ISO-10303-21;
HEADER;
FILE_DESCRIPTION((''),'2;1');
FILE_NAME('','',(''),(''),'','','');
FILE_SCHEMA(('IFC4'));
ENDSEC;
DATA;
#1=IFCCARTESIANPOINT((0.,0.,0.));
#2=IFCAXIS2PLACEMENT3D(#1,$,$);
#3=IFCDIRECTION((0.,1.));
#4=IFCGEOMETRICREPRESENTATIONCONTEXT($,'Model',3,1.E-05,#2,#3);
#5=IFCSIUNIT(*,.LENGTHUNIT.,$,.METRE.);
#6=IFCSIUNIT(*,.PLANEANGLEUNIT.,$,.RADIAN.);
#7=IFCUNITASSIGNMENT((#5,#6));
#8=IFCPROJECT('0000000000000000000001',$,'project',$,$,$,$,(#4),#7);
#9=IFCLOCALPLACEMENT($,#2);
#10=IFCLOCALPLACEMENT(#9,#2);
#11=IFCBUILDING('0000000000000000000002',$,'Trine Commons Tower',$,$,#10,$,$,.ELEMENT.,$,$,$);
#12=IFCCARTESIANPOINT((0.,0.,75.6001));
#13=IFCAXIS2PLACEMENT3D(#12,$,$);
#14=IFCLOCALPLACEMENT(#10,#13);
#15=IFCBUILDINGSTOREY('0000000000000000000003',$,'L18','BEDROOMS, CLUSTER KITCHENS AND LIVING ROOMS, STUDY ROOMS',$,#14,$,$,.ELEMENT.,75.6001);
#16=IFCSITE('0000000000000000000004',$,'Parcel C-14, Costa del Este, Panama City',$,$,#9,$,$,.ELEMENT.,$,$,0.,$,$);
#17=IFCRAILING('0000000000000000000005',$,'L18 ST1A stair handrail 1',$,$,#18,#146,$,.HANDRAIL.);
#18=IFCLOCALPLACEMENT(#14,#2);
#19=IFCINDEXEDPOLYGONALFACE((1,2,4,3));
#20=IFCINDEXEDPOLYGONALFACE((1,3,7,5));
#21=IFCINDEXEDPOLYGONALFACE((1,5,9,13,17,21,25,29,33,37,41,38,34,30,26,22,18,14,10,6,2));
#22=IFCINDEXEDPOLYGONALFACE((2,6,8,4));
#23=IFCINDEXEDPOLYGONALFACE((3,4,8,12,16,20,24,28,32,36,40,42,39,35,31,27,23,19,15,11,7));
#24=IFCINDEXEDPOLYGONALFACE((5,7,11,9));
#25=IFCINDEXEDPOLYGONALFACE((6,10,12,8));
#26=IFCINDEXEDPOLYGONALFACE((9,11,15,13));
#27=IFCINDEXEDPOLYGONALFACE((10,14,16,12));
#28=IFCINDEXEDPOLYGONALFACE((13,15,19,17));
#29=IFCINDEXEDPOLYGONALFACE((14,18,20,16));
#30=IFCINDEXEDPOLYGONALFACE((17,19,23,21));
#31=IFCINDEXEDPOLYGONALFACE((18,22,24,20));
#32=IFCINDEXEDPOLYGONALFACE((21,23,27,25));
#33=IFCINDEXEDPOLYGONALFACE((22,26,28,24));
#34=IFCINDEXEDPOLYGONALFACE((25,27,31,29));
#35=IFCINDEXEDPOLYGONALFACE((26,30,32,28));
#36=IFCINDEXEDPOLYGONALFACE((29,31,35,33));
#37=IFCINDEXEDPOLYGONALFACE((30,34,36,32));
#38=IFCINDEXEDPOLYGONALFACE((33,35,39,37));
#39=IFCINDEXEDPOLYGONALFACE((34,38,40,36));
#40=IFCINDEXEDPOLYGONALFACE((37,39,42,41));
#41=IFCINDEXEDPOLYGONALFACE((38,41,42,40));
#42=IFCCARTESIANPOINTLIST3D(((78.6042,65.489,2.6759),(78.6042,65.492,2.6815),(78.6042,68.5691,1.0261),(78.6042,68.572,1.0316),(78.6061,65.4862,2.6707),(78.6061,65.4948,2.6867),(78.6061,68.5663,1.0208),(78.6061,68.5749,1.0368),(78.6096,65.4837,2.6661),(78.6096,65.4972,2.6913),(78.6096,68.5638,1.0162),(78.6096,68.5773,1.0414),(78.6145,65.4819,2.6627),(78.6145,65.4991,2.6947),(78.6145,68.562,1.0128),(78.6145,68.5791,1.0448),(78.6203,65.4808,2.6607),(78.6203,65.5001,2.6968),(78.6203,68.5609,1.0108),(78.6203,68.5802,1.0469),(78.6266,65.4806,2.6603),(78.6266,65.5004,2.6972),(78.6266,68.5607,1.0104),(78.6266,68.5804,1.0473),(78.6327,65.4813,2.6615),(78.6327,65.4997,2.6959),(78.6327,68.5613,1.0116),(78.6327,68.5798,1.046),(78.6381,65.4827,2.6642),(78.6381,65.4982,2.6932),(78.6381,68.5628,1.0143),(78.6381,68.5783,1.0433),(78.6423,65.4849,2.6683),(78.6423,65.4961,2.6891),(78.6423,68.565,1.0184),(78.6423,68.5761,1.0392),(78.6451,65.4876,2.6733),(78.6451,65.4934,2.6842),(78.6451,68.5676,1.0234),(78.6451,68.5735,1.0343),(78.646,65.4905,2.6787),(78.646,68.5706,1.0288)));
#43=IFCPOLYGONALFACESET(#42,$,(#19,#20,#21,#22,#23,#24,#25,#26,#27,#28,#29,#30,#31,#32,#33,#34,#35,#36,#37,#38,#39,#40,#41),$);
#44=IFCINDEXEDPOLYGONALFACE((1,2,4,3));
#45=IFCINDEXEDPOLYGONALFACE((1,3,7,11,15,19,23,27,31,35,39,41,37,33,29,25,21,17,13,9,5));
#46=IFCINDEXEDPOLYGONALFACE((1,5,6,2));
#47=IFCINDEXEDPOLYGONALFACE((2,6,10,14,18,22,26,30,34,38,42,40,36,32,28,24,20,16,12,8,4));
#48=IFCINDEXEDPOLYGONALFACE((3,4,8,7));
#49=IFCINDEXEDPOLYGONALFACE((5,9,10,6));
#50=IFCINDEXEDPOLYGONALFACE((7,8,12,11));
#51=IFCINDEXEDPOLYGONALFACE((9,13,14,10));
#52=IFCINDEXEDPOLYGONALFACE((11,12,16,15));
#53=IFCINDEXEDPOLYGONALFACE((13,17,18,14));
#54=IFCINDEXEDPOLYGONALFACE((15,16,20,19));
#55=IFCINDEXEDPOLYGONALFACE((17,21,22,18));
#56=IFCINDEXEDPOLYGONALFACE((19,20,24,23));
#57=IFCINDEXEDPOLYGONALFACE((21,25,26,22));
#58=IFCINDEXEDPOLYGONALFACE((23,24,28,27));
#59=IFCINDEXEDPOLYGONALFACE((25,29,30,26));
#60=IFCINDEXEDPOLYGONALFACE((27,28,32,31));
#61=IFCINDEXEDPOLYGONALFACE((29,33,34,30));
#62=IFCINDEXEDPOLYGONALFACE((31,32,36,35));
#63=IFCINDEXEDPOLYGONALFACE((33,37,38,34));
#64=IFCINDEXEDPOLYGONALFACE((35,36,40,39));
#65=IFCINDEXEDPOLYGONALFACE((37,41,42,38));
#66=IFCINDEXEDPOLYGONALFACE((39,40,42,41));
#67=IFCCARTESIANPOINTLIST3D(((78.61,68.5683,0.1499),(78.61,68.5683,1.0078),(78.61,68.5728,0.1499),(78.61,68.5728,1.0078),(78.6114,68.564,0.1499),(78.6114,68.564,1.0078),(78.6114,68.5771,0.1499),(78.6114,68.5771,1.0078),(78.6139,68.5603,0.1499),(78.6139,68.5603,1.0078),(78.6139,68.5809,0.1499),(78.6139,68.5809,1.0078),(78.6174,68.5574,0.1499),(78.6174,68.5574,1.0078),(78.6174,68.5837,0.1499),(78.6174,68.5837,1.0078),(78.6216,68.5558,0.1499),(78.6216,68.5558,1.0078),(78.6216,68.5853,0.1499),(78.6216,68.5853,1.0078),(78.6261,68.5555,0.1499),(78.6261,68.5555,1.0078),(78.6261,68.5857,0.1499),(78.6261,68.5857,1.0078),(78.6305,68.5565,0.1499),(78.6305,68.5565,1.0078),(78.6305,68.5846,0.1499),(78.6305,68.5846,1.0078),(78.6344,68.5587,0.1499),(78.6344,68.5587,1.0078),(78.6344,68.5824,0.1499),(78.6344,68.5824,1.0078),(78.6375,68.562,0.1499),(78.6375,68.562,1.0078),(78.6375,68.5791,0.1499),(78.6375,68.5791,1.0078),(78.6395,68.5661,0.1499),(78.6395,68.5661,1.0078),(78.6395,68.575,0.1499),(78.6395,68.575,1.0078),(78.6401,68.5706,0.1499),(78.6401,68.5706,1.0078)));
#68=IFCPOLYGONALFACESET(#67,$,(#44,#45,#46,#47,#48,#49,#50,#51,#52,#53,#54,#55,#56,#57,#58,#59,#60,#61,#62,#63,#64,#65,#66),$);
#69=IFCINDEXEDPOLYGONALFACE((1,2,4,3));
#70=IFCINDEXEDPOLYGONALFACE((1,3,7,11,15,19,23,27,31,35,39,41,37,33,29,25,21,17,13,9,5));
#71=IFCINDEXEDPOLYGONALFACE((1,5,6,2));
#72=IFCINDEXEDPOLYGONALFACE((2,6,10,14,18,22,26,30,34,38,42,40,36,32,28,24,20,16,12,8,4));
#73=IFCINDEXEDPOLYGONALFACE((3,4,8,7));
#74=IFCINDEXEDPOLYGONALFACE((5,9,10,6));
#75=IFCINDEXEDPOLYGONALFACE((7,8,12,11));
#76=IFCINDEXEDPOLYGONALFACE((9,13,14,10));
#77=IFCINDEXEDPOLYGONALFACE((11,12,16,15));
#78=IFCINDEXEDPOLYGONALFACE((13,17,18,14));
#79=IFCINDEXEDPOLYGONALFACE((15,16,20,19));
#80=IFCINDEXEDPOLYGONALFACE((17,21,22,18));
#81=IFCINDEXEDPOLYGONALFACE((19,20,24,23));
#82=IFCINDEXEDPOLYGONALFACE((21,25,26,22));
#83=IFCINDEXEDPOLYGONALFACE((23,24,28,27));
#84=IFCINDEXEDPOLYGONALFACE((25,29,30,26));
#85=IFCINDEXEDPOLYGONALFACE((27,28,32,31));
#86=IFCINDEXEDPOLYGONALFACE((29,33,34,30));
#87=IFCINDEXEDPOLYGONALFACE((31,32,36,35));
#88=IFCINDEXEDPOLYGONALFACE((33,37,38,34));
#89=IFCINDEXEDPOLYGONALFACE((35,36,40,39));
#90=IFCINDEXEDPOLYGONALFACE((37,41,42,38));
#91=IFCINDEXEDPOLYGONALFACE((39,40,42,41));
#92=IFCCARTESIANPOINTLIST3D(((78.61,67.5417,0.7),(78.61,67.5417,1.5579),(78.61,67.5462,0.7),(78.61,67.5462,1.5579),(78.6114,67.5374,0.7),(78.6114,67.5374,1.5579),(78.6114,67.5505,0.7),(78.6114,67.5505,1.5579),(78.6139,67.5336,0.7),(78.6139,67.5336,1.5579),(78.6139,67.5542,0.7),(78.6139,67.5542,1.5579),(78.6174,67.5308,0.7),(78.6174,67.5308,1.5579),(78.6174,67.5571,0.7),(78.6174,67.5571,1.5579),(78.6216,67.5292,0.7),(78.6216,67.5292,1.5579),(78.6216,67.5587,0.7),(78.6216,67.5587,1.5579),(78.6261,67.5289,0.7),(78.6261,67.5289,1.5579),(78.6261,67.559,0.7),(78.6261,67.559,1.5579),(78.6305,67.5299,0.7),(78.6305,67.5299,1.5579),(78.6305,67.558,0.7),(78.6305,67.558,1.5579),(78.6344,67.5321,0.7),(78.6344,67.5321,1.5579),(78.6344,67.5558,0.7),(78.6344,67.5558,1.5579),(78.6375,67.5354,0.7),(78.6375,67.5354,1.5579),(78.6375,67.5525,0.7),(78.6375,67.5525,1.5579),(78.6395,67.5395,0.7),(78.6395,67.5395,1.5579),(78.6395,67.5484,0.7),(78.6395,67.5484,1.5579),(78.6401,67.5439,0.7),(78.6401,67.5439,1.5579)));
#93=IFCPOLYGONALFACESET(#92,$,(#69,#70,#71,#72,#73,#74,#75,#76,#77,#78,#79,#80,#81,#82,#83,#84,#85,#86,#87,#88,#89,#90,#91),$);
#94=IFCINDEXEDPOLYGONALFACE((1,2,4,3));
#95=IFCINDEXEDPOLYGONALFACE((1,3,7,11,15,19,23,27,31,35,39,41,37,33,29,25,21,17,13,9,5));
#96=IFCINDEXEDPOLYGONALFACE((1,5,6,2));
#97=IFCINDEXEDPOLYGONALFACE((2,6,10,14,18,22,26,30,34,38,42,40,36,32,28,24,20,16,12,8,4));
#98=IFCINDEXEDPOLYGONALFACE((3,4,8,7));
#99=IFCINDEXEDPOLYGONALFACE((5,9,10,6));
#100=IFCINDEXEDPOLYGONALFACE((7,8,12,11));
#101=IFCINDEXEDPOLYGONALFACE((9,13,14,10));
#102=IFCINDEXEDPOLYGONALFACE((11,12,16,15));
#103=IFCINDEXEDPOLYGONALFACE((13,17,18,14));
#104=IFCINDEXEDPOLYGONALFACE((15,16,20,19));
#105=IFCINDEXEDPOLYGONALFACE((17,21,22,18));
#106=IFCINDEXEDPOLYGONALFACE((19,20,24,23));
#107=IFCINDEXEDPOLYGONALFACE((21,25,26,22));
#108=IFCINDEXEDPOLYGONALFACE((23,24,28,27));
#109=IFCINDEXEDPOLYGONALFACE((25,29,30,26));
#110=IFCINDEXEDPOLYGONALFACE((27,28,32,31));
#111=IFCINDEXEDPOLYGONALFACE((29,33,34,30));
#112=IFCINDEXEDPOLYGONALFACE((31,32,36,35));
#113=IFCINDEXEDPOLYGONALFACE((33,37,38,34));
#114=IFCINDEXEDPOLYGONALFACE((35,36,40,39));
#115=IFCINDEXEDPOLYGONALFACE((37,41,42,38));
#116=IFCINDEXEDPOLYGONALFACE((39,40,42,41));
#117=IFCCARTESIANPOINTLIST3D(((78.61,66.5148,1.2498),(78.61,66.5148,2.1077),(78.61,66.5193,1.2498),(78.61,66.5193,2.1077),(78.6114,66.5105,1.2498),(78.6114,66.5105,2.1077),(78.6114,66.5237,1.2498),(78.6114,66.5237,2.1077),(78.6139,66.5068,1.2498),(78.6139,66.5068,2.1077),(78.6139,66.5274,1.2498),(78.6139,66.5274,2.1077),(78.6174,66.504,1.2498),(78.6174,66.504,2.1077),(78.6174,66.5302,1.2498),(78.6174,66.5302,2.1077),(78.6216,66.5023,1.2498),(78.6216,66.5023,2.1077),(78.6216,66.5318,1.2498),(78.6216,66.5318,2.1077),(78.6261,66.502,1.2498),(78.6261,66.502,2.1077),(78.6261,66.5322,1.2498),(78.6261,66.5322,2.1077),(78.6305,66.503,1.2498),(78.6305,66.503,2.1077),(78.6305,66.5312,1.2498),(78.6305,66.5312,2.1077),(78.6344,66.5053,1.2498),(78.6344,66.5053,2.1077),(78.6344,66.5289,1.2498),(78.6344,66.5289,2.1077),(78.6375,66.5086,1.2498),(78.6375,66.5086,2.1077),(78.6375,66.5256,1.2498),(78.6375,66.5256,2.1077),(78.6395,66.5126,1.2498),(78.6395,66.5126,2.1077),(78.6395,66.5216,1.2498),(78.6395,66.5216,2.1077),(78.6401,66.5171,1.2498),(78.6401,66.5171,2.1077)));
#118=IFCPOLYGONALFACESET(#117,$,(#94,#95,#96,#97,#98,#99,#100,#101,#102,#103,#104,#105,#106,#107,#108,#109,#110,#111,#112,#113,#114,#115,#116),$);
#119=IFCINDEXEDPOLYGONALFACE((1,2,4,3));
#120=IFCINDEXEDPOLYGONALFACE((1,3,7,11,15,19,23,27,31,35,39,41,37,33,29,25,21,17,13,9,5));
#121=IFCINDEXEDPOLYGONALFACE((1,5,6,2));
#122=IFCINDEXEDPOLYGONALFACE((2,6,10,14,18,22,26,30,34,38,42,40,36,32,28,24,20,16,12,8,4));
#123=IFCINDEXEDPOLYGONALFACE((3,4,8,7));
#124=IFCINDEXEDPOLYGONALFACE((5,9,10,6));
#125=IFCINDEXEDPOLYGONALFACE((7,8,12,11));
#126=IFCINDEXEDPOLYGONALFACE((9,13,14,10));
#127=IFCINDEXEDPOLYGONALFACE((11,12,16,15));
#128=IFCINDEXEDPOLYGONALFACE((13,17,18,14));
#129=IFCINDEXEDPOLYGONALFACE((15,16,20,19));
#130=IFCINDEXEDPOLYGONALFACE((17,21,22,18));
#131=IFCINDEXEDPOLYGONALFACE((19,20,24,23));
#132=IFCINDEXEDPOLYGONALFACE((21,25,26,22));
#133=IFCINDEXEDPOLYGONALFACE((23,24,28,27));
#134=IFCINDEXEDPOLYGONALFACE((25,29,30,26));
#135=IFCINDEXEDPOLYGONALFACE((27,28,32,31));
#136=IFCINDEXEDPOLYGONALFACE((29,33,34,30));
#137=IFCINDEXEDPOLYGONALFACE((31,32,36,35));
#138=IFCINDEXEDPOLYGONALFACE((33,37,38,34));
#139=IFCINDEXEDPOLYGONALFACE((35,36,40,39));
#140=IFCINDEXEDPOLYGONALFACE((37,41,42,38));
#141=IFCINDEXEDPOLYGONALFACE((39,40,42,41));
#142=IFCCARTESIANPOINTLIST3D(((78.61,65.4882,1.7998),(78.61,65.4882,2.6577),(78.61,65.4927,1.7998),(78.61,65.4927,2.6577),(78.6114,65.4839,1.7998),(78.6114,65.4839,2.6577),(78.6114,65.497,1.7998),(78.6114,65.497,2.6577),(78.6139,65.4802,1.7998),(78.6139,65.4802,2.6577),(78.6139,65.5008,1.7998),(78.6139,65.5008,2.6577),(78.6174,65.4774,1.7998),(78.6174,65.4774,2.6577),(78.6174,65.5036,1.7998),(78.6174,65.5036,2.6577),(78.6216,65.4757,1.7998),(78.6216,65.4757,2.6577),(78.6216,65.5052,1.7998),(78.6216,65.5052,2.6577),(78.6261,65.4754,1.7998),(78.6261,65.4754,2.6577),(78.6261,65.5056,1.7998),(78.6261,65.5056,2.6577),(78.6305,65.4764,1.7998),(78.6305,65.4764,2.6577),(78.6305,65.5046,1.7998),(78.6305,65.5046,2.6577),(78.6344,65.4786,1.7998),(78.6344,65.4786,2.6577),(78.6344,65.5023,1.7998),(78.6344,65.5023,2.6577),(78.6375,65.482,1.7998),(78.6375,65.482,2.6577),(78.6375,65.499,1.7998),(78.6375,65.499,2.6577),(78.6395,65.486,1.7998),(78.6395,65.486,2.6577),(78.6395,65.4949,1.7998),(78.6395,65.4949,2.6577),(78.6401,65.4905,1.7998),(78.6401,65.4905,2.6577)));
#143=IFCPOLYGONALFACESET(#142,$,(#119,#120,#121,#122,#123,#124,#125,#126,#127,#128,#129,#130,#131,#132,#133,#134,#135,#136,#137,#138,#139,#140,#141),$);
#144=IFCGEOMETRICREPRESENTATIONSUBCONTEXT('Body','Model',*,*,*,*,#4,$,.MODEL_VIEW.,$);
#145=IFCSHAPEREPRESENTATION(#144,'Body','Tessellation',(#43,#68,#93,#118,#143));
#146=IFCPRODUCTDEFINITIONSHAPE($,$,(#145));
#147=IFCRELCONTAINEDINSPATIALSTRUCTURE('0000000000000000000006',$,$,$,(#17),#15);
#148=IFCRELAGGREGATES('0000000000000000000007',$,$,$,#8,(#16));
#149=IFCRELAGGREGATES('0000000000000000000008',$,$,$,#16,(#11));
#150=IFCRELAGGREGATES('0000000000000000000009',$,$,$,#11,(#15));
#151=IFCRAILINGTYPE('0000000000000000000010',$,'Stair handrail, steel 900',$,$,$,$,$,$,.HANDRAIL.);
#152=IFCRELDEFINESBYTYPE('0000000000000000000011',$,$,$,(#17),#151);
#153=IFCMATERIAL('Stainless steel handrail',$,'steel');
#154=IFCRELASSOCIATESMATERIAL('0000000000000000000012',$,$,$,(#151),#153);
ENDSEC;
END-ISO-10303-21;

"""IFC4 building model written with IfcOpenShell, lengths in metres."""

from ifc_helpers import new_model, si_unit, direction, frame, origin, origin_2d, place, context, subcontext, project, spatial, circle, extrude, material, type_object, element, save


model = new_model("IFC4")

# Units and contexts
model_context = context("Model", 3, precision=1e-05, world=origin(), true_north=direction((0.0, 1.0)))
body_context = subcontext(model_context, "Body", "Model", "MODEL_VIEW")
ifc_project = project(units=[si_unit("LENGTHUNIT", "METRE"), si_unit("PLANEANGLEUNIT", "RADIAN")], contexts=[model_context])

# Site, building, storey
site_placement = place(None, origin())
site = spatial("IfcSite", under=ifc_project, at=site_placement, Name="Parcel C-14, Costa del Este, Panama City", CompositionType="ELEMENT", RefElevation=0.0)
building_placement = place(site_placement, origin())
building = spatial("IfcBuilding", under=site, at=building_placement, Name="Trine Commons Tower", CompositionType="ELEMENT")
storey_placement = place(building_placement, frame((0.0, 0.0, 75.6001)))
storey = spatial("IfcBuildingStorey", under=building, at=storey_placement, Name="L18", Description="BEDROOMS, CLUSTER KITCHENS AND LIVING ROOMS, STUDY ROOMS", CompositionType="ELEMENT", Elevation=75.6001)

# Railing
ifc_material_1 = material(Name="Stainless steel handrail", Category="steel")
railing_type = type_object("IfcRailingType", Name="Stair handrail, steel 900", PredefinedType="HANDRAIL", material=ifc_material_1)
railing_1_placement = place(storey_placement, frame((78.625, 68.5706, 0.1499)))
element("IfcRailing", 1, at=railing_1_placement, inside=storey, type_object=railing_type, Name="L18 ST1A stair handrail 1", PredefinedType="HANDRAIL", context=body_context, shape_type="SweptSolid", body=[
    extrude(circle(Radius=0.021, at=origin_2d()), frame((0.0, 0.0, 0.8789), z_axis=(0.0, -0.881497, 0.47219), x_axis=(1.0, 0.0, 0.0)), (0.0, 0.0, 1.0), 3.4941),
    extrude(circle(Radius=0.0151, at=origin_2d()), origin(), (0.0, 0.0, 1.0), 0.8579),
    extrude(circle(Radius=0.0151, at=origin_2d()), frame((0.0, -1.0266, 0.55)), (0.0, 0.0, 1.0), 0.8579),
    extrude(circle(Radius=0.0151, at=origin_2d()), frame((0.0, -2.0535, 1.0999)), (0.0, 0.0, 1.0), 0.8579),
    extrude(circle(Radius=0.0151, at=origin_2d()), frame((0.0, -3.0801, 1.6499)), (0.0, 0.0, 1.0), 0.8579),
])

save(model, "model.ifc")
